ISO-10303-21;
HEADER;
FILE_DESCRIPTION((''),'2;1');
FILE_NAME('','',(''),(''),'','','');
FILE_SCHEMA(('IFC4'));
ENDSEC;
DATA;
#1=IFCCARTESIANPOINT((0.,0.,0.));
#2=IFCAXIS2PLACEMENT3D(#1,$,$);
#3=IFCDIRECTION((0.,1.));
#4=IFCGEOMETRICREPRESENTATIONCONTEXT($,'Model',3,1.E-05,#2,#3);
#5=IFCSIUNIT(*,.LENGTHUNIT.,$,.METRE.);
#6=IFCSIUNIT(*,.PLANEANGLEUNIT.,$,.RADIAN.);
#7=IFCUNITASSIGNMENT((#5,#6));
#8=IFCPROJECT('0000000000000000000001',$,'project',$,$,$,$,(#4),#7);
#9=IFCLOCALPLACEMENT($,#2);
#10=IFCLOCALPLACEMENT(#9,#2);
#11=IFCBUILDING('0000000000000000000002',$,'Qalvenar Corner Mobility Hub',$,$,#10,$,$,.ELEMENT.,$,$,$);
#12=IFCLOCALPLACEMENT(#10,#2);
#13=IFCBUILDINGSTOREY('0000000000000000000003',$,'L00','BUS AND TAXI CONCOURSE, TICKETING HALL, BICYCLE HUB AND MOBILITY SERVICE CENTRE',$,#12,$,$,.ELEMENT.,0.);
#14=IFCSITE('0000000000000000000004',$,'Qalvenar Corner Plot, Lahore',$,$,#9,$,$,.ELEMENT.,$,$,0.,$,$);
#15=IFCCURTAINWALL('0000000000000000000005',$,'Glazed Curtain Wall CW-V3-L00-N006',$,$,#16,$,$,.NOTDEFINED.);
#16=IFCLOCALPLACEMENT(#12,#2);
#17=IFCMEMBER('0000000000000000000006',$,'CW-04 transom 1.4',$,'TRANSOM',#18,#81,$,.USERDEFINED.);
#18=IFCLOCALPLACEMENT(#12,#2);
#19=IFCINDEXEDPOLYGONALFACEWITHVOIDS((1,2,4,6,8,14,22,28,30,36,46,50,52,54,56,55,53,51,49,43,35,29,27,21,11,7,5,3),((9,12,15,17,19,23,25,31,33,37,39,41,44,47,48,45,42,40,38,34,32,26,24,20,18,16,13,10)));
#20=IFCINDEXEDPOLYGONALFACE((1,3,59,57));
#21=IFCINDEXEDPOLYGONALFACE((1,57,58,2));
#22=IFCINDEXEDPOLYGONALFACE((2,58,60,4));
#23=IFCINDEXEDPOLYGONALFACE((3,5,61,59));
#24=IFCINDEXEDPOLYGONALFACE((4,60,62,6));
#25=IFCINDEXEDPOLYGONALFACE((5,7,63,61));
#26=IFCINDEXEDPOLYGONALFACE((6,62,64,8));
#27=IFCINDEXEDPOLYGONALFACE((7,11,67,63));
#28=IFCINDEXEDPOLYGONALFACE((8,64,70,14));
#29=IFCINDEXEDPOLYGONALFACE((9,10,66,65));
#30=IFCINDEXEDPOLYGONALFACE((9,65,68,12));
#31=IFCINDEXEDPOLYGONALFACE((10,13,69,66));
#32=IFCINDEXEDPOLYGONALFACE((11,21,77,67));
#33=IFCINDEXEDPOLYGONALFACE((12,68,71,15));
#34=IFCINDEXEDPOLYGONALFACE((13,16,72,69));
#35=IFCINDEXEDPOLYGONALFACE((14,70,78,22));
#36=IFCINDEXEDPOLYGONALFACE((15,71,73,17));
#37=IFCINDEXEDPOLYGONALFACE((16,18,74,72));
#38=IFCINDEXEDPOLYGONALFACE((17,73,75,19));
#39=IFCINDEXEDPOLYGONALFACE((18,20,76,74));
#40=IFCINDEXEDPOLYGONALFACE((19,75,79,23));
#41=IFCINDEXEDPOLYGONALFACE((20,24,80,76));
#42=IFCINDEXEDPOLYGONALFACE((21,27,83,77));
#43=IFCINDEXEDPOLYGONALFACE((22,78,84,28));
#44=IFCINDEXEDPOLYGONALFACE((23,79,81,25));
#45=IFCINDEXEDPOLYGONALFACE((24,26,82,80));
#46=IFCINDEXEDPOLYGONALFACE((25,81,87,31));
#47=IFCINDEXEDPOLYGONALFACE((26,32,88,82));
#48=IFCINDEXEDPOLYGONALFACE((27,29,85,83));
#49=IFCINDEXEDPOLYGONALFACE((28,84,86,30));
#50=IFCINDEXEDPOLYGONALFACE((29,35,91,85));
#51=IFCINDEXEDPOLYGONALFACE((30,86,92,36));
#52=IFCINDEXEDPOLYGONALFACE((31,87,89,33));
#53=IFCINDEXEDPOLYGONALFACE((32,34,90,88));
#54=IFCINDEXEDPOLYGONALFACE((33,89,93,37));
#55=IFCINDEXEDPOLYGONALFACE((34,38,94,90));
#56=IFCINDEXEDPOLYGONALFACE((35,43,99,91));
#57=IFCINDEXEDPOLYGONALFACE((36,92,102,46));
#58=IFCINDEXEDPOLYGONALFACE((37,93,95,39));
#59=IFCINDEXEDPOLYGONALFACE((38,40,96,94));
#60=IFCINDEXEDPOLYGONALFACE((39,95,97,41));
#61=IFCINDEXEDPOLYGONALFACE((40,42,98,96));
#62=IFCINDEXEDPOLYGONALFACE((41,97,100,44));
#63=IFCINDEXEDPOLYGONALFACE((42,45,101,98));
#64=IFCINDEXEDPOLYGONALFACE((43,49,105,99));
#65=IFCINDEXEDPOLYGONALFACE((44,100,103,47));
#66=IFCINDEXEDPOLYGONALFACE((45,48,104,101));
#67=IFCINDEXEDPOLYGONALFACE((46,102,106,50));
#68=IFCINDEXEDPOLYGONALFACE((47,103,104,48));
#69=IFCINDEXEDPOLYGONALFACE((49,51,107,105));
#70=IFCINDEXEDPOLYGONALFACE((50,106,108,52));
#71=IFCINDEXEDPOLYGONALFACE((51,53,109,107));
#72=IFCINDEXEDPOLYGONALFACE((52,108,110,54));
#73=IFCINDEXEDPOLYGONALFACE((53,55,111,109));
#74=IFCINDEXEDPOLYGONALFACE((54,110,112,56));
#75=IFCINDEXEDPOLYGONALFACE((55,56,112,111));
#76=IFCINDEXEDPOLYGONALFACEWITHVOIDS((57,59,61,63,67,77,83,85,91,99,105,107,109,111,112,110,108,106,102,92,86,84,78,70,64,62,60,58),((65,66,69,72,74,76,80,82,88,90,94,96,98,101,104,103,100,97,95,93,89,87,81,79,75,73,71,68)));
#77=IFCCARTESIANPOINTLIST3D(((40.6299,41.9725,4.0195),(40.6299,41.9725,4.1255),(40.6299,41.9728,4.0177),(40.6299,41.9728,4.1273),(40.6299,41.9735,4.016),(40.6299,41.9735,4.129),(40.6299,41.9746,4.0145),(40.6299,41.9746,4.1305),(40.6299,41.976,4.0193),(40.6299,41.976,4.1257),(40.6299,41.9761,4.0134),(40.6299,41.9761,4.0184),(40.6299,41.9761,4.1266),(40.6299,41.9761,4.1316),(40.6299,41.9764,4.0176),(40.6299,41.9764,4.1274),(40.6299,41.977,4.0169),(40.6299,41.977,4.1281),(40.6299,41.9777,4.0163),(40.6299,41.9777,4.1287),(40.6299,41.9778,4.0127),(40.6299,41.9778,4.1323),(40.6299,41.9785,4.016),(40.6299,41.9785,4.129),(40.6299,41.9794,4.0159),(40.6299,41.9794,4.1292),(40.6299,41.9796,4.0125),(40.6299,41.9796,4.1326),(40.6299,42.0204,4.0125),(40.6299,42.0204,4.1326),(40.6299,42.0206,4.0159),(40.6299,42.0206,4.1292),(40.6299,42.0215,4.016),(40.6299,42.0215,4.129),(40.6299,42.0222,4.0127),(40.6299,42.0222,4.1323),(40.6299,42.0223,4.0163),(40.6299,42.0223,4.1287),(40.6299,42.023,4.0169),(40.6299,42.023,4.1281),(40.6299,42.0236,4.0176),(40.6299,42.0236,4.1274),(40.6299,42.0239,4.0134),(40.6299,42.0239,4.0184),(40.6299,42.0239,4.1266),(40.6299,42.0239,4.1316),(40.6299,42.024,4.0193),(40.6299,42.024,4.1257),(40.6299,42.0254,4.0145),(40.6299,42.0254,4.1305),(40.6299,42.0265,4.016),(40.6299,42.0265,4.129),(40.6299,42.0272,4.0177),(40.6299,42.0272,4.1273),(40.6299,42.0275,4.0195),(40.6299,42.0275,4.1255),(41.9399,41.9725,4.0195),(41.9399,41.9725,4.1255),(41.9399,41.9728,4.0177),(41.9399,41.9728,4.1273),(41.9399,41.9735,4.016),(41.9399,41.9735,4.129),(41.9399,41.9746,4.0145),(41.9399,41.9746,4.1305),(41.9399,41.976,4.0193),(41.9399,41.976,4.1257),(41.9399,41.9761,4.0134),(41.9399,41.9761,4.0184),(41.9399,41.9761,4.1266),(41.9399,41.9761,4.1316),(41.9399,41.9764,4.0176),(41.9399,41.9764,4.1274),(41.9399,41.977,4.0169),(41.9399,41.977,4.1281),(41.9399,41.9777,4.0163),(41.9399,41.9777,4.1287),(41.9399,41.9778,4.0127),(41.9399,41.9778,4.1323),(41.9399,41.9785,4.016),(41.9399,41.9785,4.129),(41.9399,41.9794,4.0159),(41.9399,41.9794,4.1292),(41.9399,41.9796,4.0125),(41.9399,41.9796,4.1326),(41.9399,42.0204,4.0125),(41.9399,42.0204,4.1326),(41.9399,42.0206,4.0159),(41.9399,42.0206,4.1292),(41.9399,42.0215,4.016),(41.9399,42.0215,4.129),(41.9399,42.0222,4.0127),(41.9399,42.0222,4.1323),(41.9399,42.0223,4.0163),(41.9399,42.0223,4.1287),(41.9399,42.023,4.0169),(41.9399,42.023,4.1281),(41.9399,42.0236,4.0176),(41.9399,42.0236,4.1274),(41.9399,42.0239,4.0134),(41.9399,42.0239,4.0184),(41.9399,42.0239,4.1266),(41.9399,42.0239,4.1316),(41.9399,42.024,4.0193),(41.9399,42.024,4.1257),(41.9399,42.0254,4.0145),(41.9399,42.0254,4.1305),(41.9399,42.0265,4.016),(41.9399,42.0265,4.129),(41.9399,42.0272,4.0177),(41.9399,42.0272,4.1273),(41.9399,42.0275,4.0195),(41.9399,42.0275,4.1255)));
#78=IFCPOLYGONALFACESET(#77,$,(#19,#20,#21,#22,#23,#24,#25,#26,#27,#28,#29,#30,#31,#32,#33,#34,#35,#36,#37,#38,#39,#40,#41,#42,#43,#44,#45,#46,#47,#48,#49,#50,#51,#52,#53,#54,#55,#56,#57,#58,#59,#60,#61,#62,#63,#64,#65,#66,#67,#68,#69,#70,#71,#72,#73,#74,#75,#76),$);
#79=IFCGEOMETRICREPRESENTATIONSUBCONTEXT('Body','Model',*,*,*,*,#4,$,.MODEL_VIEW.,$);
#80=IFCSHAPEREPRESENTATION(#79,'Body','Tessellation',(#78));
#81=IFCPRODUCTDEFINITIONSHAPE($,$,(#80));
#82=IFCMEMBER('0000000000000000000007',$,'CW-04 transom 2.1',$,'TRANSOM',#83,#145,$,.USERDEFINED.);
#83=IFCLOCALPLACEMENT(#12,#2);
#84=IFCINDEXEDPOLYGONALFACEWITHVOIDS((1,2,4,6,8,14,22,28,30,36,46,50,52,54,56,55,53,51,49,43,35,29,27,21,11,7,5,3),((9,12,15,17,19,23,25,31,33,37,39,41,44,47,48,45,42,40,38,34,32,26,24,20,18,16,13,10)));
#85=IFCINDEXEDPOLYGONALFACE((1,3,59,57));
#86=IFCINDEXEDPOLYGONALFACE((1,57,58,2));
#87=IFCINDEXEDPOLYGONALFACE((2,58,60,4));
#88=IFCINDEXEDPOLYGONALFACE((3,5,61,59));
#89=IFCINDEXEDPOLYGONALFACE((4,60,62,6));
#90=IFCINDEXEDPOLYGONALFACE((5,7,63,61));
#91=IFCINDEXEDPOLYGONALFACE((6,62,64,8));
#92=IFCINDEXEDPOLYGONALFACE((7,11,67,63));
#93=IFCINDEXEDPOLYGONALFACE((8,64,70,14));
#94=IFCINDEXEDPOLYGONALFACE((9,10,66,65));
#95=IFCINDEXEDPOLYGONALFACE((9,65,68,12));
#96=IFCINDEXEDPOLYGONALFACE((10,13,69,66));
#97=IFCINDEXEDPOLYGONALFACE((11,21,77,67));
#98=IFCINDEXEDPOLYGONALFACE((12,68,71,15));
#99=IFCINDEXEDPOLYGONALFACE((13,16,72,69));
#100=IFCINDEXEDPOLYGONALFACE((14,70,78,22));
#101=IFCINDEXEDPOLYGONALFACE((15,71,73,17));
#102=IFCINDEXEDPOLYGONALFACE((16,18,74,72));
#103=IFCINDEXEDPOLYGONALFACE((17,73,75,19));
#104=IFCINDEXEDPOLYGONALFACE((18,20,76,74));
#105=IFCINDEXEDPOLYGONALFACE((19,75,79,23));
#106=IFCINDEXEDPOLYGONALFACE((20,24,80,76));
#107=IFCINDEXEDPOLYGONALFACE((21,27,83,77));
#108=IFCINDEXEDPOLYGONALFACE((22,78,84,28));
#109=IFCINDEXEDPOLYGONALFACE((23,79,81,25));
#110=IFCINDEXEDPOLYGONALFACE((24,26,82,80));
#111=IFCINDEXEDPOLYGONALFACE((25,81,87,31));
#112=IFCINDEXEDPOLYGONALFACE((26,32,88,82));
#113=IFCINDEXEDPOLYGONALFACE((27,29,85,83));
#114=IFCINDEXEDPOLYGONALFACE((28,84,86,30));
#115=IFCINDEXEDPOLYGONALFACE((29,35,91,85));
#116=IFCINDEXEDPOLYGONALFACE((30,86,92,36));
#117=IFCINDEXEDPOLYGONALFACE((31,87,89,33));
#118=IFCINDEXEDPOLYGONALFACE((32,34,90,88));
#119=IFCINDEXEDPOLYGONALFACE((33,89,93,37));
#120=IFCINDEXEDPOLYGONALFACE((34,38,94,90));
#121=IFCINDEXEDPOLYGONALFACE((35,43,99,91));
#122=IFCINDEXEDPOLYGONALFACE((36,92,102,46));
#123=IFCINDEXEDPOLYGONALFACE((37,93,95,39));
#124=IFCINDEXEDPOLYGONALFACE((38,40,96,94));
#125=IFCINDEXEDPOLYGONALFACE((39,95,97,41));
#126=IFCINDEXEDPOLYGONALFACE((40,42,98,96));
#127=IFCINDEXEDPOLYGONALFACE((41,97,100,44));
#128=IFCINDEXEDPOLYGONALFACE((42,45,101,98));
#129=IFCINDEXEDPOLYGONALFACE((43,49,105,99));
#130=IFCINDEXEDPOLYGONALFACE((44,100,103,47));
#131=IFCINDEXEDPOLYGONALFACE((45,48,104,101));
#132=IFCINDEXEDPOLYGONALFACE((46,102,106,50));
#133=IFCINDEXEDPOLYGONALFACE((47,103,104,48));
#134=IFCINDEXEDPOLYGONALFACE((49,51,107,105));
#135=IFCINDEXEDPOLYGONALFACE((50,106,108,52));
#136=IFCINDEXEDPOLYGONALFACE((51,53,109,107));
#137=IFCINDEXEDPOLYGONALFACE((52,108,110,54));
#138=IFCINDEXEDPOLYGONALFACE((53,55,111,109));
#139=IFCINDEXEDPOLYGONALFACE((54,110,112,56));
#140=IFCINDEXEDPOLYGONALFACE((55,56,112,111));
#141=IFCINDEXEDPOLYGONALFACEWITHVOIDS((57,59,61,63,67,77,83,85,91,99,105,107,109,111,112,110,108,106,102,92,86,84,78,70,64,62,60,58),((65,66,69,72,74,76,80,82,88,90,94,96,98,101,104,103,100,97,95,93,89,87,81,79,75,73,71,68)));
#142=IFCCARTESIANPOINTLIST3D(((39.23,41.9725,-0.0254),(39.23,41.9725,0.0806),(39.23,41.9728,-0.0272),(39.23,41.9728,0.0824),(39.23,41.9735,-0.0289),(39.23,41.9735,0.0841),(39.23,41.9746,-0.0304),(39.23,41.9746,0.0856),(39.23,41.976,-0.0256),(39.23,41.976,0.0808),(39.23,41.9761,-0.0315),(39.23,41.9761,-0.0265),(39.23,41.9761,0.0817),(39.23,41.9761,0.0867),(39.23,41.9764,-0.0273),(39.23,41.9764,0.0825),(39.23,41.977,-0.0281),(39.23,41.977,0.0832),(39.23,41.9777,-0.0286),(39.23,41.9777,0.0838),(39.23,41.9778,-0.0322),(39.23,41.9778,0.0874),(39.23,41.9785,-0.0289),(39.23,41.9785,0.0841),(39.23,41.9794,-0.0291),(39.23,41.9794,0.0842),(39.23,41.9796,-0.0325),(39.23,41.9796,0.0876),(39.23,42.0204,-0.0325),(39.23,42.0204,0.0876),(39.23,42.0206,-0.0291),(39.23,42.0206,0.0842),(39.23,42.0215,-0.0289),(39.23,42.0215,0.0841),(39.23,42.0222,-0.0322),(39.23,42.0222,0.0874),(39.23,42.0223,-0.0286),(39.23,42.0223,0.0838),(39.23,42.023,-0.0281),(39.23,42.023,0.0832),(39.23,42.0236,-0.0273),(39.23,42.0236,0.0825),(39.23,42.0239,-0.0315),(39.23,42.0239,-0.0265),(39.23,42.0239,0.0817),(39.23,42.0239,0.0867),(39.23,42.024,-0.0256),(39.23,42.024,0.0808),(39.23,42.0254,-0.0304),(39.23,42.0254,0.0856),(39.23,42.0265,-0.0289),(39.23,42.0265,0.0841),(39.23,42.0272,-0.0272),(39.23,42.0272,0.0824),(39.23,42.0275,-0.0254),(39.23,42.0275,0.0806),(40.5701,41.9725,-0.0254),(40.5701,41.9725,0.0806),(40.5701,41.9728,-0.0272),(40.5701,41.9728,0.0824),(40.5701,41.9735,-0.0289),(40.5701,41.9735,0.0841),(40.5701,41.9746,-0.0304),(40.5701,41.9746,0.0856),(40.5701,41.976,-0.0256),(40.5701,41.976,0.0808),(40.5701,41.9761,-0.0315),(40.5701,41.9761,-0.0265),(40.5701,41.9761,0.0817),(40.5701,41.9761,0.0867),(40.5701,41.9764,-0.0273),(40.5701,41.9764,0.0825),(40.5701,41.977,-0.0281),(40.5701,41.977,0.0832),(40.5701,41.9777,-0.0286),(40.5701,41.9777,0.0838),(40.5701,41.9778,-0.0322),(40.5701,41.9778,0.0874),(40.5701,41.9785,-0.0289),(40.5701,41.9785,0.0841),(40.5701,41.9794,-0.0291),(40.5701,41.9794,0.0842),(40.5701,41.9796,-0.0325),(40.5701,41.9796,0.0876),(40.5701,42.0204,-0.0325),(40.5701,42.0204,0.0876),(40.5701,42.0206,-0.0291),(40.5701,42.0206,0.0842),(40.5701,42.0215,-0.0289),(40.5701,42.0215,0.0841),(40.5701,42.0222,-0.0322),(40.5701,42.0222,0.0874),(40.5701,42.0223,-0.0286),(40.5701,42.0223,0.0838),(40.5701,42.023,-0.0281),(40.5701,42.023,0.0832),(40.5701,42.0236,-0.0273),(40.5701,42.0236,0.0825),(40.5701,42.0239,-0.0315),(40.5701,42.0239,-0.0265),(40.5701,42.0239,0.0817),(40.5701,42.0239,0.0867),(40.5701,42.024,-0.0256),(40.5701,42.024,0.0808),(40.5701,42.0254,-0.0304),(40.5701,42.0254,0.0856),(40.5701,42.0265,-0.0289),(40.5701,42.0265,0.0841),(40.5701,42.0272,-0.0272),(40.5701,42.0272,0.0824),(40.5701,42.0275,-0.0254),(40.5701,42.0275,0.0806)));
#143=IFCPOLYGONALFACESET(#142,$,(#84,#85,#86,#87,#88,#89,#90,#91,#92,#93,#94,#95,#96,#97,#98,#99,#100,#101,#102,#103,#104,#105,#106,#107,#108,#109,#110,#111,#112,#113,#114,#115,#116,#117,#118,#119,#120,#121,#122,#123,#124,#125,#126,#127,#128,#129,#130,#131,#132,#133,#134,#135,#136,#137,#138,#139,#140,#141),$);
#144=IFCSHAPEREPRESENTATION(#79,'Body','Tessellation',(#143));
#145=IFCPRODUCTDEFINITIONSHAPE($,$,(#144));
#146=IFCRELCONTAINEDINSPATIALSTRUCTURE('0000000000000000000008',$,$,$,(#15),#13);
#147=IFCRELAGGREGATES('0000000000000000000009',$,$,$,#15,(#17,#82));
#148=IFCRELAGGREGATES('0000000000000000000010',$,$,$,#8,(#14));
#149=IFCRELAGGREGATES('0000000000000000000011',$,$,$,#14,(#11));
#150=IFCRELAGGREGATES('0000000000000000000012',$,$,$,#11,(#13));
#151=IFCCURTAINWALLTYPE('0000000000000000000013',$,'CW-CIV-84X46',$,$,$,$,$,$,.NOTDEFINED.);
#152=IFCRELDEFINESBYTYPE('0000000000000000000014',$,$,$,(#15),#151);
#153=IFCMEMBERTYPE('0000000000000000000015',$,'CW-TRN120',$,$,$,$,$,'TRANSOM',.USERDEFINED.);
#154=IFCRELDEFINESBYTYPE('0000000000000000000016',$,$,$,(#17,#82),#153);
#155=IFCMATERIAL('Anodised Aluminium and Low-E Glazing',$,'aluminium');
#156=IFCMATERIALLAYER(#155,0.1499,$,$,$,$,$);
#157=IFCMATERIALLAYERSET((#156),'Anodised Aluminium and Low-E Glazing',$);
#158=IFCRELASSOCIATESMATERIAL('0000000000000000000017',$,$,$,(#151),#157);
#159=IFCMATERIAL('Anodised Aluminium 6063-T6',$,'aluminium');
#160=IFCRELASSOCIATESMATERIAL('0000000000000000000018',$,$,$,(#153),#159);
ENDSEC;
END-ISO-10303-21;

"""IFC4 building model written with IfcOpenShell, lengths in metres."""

from ifc_helpers import new_model, si_unit, direction, frame, origin, origin_2d, place, context, subcontext, project, spatial, hollow_rectangle, extrude, material, layer, layer_set, material_profile, profile_set, type_object, element, aggregate, save


model = new_model("IFC4")

# Units and contexts
model_context = context("Model", 3, precision=1e-05, world=origin(), true_north=direction((0.0, 1.0)))
body_context = subcontext(model_context, "Body", "Model", "MODEL_VIEW")
ifc_project = project(units=[si_unit("LENGTHUNIT", "METRE"), si_unit("PLANEANGLEUNIT", "RADIAN")], contexts=[model_context])

# Site, building, storey
site_placement = place(None, origin())
site = spatial("IfcSite", under=ifc_project, at=site_placement, Name="Qalvenar Corner Plot, Lahore", CompositionType="ELEMENT", RefElevation=0.0)
building_placement = place(site_placement, origin())
building = spatial("IfcBuilding", under=site, at=building_placement, Name="Qalvenar Corner Mobility Hub", CompositionType="ELEMENT")
storey_placement = place(building_placement, origin())
storey = spatial("IfcBuildingStorey", under=building, at=storey_placement, Name="L00", Description="BUS AND TAXI CONCOURSE, TICKETING HALL, BICYCLE HUB AND MOBILITY SERVICE CENTRE", CompositionType="ELEMENT", Elevation=0.0)

# Curtain wall, members
ifc_material_1 = material(Name="Anodised Aluminium and Low-E Glazing", Category="aluminium")
ifc_layer_1 = layer(ifc_material_1, 0.1499)
ifc_layer_set_1 = layer_set([ifc_layer_1], Name="Anodised Aluminium and Low-E Glazing")
curtain_wall_type = type_object("IfcCurtainWallType", Name="CW-CIV-84X46", PredefinedType="NOTDEFINED", material=ifc_layer_set_1)
curtain_wall_placement = place(storey_placement, origin())
curtain_wall = element("IfcCurtainWall", 1, at=curtain_wall_placement, inside=storey, type_object=curtain_wall_type, Name="Glazed Curtain Wall CW-V3-L00-N006", PredefinedType="NOTDEFINED")
ifc_material_2 = material(Name="Anodised Aluminium 6063-T6", Category="aluminium")
ifc_material_profile_1 = material_profile(ifc_material_2, hollow_rectangle(XDim=0.0549, YDim=0.1201, WallThickness=0.0034, InnerFilletRadius=0.0034, OuterFilletRadius=0.0071, at=origin_2d()), Name="RHS120x55x3.5")
ifc_profile_set_1 = profile_set([ifc_material_profile_1], Name="Anodised Aluminium 6063-T6")
member_type_1 = type_object("IfcMemberType", Name="CW-TRN120", ElementType="TRANSOM", PredefinedType="USERDEFINED", material=ifc_profile_set_1)
member_1_placement = place(storey_placement, frame((41.9399, 42.0, 4.0725), z_axis=(-1.0, 0.0, 0.0), x_axis=(0.0, -1.0, 0.0)))
member_1 = element("IfcMember", 2, at=member_1_placement, type_object=member_type_1, Name="CW-04 transom 1.4", ObjectType="TRANSOM", PredefinedType="USERDEFINED", context=body_context, shape_type="SweptSolid", body=[
    extrude(hollow_rectangle(XDim=0.0549, YDim=0.1201, WallThickness=0.0034, InnerFilletRadius=0.0034, OuterFilletRadius=0.0071, at=origin_2d()), origin(), (0.0, 0.0, 1.0), 1.3101),
])
member_2_placement = place(storey_placement, frame((40.5701, 42.0, 0.0276), z_axis=(-1.0, 0.0, 0.0), x_axis=(0.0, -1.0, 0.0)))
member_2 = element("IfcMember", 3, at=member_2_placement, type_object=member_type_1, Name="CW-04 transom 2.1", ObjectType="TRANSOM", PredefinedType="USERDEFINED", context=body_context, shape_type="SweptSolid", body=[
    extrude(hollow_rectangle(XDim=0.0549, YDim=0.1201, WallThickness=0.0034, InnerFilletRadius=0.0034, OuterFilletRadius=0.0071, at=origin_2d()), origin(), (0.0, 0.0, 1.0), 1.3401),
])
aggregate(curtain_wall, [member_1, member_2])

save(model, "model.ifc")
